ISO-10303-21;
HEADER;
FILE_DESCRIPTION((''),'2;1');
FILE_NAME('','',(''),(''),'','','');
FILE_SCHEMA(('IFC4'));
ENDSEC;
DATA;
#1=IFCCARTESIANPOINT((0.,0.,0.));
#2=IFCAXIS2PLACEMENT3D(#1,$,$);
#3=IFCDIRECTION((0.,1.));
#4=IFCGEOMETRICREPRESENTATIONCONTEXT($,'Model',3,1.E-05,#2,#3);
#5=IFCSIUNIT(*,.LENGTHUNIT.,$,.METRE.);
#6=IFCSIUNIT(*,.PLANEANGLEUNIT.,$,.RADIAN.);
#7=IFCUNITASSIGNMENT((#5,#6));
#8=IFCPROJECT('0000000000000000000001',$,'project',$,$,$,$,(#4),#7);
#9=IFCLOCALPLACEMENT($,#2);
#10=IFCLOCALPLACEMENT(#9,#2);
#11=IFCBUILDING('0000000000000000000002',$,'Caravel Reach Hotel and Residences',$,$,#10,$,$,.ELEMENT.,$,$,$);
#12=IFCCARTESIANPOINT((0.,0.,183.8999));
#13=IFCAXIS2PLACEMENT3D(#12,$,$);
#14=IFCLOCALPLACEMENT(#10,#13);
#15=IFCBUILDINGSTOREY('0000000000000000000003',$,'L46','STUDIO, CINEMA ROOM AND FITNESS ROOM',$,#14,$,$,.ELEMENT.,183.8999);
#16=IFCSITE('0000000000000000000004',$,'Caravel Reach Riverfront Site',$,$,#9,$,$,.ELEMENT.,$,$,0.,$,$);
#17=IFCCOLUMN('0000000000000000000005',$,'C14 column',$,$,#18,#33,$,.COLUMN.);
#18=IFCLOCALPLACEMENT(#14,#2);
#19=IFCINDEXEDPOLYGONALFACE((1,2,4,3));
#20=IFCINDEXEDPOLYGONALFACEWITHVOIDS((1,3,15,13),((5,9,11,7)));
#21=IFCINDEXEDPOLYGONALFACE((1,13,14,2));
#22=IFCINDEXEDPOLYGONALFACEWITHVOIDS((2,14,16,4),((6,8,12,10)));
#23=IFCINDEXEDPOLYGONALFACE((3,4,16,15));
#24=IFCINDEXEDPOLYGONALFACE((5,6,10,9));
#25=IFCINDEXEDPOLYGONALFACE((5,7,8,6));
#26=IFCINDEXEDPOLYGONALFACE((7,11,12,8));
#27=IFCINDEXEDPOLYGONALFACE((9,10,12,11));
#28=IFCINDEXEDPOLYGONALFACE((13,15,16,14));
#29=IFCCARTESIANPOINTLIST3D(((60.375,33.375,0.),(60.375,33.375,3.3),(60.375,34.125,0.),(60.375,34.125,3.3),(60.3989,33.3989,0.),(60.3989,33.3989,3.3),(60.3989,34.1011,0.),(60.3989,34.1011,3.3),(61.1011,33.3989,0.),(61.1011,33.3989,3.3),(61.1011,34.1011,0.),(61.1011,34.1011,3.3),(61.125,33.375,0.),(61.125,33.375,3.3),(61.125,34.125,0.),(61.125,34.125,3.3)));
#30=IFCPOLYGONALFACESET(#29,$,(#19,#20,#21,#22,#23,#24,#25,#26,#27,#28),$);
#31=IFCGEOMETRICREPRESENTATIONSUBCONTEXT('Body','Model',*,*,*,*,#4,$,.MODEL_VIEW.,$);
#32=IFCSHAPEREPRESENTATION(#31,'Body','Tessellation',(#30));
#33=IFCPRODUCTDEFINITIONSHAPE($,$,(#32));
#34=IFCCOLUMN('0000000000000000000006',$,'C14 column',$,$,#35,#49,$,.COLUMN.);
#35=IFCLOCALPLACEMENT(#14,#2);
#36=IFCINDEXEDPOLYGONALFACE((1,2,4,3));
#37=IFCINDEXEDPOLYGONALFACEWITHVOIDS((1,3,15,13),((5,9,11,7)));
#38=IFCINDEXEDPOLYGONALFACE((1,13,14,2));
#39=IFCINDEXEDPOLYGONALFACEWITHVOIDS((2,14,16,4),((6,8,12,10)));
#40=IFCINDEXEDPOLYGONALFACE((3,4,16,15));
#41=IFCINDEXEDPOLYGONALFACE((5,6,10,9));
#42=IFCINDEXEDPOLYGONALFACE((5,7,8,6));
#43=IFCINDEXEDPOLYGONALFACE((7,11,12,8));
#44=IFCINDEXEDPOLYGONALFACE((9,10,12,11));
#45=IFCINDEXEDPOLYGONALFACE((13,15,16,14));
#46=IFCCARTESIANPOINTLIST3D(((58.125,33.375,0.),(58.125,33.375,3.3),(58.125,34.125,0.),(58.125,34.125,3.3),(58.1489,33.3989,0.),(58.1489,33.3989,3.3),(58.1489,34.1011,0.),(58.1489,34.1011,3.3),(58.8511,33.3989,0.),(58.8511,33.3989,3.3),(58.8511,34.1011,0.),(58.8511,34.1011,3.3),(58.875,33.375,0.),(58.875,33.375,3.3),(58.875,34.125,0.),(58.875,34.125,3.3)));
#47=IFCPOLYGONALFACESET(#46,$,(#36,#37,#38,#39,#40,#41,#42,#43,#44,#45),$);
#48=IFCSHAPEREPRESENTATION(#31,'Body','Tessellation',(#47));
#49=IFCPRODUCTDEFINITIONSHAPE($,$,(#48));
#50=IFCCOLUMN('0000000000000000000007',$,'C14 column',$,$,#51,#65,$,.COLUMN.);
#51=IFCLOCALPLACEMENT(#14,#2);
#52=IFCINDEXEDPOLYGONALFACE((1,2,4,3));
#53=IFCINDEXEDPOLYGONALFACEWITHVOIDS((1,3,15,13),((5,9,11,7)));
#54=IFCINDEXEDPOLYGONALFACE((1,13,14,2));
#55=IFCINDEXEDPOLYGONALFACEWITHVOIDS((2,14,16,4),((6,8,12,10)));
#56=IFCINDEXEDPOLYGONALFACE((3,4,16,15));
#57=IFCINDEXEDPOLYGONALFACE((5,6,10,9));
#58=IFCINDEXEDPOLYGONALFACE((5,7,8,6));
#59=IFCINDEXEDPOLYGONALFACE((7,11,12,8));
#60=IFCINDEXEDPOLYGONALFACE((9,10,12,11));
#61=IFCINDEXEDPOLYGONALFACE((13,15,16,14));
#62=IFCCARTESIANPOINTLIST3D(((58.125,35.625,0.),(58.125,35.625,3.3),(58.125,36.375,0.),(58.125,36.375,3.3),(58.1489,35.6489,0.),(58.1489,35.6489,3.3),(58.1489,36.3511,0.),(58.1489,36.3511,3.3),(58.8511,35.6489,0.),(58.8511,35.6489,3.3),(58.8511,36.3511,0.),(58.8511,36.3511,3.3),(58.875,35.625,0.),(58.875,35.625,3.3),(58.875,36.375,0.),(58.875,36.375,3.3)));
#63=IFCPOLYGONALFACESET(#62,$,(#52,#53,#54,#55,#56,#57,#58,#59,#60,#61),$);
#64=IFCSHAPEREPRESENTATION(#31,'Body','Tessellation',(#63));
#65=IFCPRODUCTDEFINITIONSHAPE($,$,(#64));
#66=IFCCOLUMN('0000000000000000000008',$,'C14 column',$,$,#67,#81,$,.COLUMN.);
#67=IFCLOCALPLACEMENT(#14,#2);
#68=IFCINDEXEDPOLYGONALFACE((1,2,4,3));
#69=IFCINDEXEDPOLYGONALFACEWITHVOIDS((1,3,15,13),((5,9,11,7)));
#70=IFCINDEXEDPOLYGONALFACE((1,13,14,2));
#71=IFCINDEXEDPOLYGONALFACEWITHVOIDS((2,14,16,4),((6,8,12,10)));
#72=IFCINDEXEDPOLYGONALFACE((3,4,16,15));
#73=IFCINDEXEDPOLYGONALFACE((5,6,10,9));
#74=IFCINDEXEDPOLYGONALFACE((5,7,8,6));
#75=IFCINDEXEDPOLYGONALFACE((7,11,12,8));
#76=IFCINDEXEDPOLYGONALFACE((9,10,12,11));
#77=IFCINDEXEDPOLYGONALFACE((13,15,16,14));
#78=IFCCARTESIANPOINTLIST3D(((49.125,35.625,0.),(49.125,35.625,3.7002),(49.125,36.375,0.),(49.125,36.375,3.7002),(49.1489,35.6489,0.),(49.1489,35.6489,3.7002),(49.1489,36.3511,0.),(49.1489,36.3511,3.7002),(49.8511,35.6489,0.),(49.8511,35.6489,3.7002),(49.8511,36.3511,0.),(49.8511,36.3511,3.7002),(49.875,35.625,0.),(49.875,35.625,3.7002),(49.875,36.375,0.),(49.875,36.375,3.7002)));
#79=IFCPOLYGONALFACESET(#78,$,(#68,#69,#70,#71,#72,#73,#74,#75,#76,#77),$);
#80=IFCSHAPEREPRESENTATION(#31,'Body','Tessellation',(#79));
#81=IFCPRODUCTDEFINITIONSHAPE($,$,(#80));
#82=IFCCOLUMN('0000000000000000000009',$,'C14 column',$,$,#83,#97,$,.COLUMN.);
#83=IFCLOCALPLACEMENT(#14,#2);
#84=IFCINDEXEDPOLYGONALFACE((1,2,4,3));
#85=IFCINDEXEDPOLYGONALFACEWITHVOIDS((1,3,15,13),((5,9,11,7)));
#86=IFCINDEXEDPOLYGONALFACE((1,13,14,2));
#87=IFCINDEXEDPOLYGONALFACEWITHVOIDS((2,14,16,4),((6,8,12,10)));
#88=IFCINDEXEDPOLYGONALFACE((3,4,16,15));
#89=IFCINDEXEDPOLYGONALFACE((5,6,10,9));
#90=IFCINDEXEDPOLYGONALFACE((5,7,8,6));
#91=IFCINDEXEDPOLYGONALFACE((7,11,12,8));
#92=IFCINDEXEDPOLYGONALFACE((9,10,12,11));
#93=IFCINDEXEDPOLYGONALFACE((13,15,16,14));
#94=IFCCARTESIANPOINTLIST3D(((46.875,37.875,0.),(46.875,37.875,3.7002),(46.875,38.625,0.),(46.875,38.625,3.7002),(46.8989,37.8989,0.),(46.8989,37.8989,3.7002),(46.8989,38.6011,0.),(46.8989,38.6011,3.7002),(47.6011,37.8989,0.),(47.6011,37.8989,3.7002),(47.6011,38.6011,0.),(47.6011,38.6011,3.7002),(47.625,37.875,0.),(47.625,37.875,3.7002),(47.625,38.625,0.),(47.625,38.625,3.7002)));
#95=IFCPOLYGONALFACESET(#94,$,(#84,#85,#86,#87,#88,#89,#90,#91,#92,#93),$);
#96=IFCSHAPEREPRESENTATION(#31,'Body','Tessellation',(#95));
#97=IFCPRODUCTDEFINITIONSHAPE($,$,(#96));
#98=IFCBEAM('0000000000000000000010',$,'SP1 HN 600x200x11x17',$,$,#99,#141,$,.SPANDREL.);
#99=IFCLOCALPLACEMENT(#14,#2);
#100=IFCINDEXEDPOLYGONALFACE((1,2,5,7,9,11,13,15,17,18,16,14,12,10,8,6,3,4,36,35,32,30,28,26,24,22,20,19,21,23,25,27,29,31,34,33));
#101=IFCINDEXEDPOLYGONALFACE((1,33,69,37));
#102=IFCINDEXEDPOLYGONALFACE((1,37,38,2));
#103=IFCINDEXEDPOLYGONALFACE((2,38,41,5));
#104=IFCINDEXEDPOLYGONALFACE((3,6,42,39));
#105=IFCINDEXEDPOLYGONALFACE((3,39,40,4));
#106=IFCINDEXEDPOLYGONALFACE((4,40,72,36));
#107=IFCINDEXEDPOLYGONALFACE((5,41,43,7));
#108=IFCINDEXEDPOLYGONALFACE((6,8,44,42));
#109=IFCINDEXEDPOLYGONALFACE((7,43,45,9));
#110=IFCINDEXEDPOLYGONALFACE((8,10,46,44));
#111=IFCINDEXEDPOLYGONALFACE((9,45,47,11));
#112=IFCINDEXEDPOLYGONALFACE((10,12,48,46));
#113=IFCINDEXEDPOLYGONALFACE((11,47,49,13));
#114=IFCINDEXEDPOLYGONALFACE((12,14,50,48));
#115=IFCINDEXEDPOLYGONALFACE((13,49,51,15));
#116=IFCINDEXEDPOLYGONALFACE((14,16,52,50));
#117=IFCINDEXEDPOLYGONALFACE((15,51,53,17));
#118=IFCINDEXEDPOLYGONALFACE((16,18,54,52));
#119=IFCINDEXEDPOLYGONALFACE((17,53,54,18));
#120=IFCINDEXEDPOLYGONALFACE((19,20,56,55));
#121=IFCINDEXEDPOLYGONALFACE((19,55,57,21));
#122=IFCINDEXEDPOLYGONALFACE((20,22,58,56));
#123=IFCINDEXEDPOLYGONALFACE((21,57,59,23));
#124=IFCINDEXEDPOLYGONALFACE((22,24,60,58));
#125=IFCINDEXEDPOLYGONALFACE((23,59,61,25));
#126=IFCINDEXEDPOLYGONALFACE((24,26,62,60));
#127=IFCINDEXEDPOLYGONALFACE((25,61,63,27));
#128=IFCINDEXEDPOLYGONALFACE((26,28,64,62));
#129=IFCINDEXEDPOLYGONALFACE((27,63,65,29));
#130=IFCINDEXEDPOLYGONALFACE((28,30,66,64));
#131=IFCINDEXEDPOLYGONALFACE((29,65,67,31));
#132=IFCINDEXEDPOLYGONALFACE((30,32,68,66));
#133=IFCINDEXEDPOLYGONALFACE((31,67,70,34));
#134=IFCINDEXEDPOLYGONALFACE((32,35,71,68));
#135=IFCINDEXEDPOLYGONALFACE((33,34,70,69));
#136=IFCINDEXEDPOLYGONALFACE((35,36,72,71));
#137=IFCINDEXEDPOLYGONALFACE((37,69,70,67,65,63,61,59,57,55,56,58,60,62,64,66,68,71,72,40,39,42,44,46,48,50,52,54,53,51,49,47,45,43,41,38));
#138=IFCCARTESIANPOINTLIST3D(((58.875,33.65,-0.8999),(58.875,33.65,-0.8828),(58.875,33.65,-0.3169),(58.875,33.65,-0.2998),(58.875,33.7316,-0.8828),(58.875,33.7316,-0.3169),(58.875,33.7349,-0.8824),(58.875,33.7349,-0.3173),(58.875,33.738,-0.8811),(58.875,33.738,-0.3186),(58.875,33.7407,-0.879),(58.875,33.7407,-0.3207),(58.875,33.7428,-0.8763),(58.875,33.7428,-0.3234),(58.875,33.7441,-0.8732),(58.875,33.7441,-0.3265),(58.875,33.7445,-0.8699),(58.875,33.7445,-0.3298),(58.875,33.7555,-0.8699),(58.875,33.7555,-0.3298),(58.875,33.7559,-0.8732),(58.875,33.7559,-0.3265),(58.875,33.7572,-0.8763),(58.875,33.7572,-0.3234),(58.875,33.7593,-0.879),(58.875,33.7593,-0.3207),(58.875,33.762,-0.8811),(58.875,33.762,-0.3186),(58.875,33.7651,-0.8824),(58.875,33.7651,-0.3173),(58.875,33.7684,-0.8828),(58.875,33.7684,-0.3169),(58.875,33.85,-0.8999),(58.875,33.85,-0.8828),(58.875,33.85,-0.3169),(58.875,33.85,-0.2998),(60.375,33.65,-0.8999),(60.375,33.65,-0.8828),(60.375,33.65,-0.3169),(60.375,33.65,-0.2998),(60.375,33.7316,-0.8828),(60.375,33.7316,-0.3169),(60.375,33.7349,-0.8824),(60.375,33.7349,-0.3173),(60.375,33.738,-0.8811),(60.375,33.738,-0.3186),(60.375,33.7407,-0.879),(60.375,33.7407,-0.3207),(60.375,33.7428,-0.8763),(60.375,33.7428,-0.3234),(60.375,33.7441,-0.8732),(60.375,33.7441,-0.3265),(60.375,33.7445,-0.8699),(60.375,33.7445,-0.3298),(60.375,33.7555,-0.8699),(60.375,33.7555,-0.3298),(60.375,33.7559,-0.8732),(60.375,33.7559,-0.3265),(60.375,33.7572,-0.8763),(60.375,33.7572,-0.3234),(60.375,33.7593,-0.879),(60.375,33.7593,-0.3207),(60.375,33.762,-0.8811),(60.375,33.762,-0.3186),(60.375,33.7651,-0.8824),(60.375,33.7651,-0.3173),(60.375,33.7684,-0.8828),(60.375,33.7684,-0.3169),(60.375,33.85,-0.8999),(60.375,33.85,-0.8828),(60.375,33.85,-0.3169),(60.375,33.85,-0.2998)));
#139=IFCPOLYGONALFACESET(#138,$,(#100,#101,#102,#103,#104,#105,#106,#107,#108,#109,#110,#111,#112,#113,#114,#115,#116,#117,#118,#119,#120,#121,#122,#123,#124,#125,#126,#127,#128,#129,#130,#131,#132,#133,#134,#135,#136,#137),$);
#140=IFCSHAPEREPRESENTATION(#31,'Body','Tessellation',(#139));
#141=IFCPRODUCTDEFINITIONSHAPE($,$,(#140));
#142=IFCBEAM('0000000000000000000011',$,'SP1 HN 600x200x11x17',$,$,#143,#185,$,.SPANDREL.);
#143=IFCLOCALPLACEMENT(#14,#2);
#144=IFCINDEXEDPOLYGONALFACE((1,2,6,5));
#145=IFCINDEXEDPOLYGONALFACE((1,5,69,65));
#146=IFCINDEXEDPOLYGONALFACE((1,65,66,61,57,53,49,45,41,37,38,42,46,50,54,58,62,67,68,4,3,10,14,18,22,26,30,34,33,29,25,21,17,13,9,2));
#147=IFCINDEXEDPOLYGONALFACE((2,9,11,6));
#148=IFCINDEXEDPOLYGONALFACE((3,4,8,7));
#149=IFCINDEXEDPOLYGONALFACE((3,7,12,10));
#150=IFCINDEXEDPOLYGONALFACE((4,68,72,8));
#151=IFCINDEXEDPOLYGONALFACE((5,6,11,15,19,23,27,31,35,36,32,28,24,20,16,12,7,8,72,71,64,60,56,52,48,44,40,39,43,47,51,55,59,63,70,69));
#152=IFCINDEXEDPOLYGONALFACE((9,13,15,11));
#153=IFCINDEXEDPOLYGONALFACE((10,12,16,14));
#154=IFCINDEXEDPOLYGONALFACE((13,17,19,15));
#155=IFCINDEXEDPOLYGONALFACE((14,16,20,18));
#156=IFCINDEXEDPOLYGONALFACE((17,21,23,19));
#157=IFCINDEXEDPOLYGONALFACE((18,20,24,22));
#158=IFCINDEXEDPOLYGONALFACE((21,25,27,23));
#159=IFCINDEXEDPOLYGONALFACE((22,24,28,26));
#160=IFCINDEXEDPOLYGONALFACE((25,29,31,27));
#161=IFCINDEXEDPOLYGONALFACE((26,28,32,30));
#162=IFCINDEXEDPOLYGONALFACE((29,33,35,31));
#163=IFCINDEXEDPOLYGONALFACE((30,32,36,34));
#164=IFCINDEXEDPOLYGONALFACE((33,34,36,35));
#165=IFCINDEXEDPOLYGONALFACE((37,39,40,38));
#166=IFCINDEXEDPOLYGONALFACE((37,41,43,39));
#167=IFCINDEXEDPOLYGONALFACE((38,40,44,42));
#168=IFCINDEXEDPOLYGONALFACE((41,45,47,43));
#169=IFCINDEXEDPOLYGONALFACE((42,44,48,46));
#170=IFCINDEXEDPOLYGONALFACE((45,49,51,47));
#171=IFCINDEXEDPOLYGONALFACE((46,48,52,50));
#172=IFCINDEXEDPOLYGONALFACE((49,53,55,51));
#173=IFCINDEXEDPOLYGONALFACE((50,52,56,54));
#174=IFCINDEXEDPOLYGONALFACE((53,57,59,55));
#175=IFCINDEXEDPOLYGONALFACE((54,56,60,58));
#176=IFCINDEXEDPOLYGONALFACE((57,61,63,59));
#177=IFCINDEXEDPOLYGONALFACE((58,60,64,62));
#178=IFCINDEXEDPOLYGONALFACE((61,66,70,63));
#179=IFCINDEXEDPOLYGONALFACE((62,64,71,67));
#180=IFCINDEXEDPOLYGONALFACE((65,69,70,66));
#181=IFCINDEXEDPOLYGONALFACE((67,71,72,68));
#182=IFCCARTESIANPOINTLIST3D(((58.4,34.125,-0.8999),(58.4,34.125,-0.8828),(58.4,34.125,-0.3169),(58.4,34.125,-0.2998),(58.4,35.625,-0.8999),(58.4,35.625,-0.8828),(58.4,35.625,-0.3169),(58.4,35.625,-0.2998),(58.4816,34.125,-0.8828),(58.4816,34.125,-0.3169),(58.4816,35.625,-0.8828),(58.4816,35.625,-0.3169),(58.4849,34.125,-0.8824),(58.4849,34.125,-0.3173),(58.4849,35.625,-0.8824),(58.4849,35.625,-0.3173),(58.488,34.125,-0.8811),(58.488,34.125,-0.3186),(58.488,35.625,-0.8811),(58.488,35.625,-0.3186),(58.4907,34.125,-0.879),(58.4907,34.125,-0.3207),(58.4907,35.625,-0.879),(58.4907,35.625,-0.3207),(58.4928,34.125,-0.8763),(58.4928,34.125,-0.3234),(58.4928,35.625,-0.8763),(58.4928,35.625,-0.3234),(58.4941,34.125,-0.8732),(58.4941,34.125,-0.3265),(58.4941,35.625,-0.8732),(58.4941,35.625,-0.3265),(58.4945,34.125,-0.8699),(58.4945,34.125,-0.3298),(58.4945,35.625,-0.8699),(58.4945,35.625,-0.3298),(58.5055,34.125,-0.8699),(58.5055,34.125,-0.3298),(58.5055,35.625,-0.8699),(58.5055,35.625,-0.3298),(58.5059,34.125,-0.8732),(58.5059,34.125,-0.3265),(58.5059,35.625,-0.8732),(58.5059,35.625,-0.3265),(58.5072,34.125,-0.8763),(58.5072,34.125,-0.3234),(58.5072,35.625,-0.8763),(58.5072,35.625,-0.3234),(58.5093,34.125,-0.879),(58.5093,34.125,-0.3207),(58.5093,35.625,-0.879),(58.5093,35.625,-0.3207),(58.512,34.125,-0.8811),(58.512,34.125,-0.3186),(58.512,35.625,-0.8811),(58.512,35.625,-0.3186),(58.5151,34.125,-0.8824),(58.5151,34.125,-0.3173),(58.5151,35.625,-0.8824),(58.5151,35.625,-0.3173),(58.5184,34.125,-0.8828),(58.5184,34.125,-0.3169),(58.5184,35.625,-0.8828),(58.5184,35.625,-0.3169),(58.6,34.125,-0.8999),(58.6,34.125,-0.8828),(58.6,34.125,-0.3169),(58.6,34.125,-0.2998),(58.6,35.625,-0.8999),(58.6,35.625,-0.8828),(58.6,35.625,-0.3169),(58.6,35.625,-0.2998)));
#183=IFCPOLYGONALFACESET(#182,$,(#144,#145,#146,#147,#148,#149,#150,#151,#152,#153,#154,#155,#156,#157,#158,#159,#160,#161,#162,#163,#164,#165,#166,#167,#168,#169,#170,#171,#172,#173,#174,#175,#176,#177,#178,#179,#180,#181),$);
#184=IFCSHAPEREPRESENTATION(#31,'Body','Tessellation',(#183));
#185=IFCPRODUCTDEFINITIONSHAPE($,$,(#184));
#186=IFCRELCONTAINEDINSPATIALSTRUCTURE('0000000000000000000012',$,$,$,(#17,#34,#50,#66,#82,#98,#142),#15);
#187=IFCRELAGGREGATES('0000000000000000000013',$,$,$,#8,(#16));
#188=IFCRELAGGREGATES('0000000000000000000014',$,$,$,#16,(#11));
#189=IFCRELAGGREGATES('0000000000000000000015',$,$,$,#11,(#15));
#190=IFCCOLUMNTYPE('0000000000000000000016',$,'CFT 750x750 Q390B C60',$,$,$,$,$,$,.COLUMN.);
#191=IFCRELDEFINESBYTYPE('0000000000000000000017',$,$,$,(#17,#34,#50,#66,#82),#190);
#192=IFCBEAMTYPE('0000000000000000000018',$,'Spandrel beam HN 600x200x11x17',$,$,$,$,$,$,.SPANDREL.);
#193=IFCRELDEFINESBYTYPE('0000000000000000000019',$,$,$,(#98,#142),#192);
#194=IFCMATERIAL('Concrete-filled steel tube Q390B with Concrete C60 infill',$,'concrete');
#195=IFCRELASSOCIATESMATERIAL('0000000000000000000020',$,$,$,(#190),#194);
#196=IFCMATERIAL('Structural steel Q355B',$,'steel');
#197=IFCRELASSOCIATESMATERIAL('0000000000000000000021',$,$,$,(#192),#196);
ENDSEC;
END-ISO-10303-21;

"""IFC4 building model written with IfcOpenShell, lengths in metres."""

from ifc_helpers import new_model, si_unit, direction, frame, origin, origin_2d, place, context, subcontext, project, spatial, hollow_rectangle, i_section, extrude, material, material_profile, profile_set, type_object, element, save


model = new_model("IFC4")

# Units and contexts
model_context = context("Model", 3, precision=1e-05, world=origin(), true_north=direction((0.0, 1.0)))
body_context = subcontext(model_context, "Body", "Model", "MODEL_VIEW")
ifc_project = project(units=[si_unit("LENGTHUNIT", "METRE"), si_unit("PLANEANGLEUNIT", "RADIAN")], contexts=[model_context])

# Site, building, storey
site_placement = place(None, origin())
site = spatial("IfcSite", under=ifc_project, at=site_placement, Name="Caravel Reach Riverfront Site", CompositionType="ELEMENT", RefElevation=0.0)
building_placement = place(site_placement, origin())
building = spatial("IfcBuilding", under=site, at=building_placement, Name="Caravel Reach Hotel and Residences", CompositionType="ELEMENT")
storey_placement = place(building_placement, frame((0.0, 0.0, 183.8999)))
storey = spatial("IfcBuildingStorey", under=building, at=storey_placement, Name="L46", Description="STUDIO, CINEMA ROOM AND FITNESS ROOM", CompositionType="ELEMENT", Elevation=183.8999)

# Columns
ifc_material_1 = material(Name="Concrete-filled steel tube Q390B with Concrete C60 infill", Category="concrete")
ifc_material_profile_1 = material_profile(ifc_material_1, hollow_rectangle(XDim=0.75, YDim=0.75, WallThickness=0.0239, at=origin_2d()), Name="RHS 750x750x24")
ifc_profile_set_1 = profile_set([ifc_material_profile_1], Name="Concrete-filled steel tube Q390B with Concrete C60 infill")
column_type = type_object("IfcColumnType", Name="CFT 750x750 Q390B C60", PredefinedType="COLUMN", material=ifc_profile_set_1)
for number, where, z_axis, x_axis, name in (
    (1, (60.75, 33.75, 0.0), (0.0, 0.0, 1.0), (1.0, 0.0, 0.0), "C14 column"),
    (2, (58.5, 33.75, 0.0), (0.0, 0.0, 1.0), (1.0, 0.0, 0.0), "C14 column"),
    (3, (58.5, 36.0, 0.0), (0.0, 0.0, 1.0), (1.0, 0.0, 0.0), "C14 column"),
):
    element("IfcColumn", number, at=place(storey_placement, frame(where, z_axis=z_axis, x_axis=x_axis)), inside=storey, type_object=column_type, Name=name, PredefinedType="COLUMN", context=body_context, shape_type="SweptSolid", body=[
        extrude(hollow_rectangle(XDim=0.75, YDim=0.75, WallThickness=0.0239, at=origin_2d()), origin(), (0.0, 0.0, 1.0), 3.3),
    ])
for number, where, z_axis, x_axis, name in (
    (4, (49.5, 36.0, 0.0), (0.0, 0.0, 1.0), (1.0, 0.0, 0.0), "C14 column"),
    (5, (47.25, 38.25, 0.0), (0.0, 0.0, 1.0), (1.0, 0.0, 0.0), "C14 column"),
):
    element("IfcColumn", number, at=place(storey_placement, frame(where, z_axis=z_axis, x_axis=x_axis)), inside=storey, type_object=column_type, Name=name, PredefinedType="COLUMN", context=body_context, shape_type="SweptSolid", body=[
        extrude(hollow_rectangle(XDim=0.75, YDim=0.75, WallThickness=0.0239, at=origin_2d()), origin(), (0.0, 0.0, 1.0), 3.7002),
    ])

# Beams
ifc_material_2 = material(Name="Structural steel Q355B", Category="steel")
ifc_material_profile_2 = material_profile(ifc_material_2, i_section(OverallWidth=0.2, OverallDepth=0.6001, WebThickness=0.011, FlangeThickness=0.0171, FilletRadius=0.0129, at=origin_2d()), Name="HN 600x200x11x17")
ifc_profile_set_2 = profile_set([ifc_material_profile_2], Name="Structural steel Q355B")
beam_type = type_object("IfcBeamType", Name="Spandrel beam HN 600x200x11x17", PredefinedType="SPANDREL", material=ifc_profile_set_2)
for number, where, z_axis, x_axis, name in (
    (6, (60.375, 33.75, -0.5999), (-1.0, 0.0, 0.0), (0.0, -1.0, 0.0), "SP1 HN 600x200x11x17"),
    (7, (58.5, 34.125, -0.5999), (0.0, 1.0, 0.0), (-1.0, 0.0, 0.0), "SP1 HN 600x200x11x17"),
):
    element("IfcBeam", number, at=place(storey_placement, frame(where, z_axis=z_axis, x_axis=x_axis)), inside=storey, type_object=beam_type, Name=name, PredefinedType="SPANDREL", context=body_context, shape_type="SweptSolid", body=[
        extrude(i_section(OverallWidth=0.2, OverallDepth=0.6001, WebThickness=0.011, FlangeThickness=0.0171, FilletRadius=0.0129, at=origin_2d()), origin(), (0.0, 0.0, 1.0), 1.5),
    ])

save(model, "model.ifc")
